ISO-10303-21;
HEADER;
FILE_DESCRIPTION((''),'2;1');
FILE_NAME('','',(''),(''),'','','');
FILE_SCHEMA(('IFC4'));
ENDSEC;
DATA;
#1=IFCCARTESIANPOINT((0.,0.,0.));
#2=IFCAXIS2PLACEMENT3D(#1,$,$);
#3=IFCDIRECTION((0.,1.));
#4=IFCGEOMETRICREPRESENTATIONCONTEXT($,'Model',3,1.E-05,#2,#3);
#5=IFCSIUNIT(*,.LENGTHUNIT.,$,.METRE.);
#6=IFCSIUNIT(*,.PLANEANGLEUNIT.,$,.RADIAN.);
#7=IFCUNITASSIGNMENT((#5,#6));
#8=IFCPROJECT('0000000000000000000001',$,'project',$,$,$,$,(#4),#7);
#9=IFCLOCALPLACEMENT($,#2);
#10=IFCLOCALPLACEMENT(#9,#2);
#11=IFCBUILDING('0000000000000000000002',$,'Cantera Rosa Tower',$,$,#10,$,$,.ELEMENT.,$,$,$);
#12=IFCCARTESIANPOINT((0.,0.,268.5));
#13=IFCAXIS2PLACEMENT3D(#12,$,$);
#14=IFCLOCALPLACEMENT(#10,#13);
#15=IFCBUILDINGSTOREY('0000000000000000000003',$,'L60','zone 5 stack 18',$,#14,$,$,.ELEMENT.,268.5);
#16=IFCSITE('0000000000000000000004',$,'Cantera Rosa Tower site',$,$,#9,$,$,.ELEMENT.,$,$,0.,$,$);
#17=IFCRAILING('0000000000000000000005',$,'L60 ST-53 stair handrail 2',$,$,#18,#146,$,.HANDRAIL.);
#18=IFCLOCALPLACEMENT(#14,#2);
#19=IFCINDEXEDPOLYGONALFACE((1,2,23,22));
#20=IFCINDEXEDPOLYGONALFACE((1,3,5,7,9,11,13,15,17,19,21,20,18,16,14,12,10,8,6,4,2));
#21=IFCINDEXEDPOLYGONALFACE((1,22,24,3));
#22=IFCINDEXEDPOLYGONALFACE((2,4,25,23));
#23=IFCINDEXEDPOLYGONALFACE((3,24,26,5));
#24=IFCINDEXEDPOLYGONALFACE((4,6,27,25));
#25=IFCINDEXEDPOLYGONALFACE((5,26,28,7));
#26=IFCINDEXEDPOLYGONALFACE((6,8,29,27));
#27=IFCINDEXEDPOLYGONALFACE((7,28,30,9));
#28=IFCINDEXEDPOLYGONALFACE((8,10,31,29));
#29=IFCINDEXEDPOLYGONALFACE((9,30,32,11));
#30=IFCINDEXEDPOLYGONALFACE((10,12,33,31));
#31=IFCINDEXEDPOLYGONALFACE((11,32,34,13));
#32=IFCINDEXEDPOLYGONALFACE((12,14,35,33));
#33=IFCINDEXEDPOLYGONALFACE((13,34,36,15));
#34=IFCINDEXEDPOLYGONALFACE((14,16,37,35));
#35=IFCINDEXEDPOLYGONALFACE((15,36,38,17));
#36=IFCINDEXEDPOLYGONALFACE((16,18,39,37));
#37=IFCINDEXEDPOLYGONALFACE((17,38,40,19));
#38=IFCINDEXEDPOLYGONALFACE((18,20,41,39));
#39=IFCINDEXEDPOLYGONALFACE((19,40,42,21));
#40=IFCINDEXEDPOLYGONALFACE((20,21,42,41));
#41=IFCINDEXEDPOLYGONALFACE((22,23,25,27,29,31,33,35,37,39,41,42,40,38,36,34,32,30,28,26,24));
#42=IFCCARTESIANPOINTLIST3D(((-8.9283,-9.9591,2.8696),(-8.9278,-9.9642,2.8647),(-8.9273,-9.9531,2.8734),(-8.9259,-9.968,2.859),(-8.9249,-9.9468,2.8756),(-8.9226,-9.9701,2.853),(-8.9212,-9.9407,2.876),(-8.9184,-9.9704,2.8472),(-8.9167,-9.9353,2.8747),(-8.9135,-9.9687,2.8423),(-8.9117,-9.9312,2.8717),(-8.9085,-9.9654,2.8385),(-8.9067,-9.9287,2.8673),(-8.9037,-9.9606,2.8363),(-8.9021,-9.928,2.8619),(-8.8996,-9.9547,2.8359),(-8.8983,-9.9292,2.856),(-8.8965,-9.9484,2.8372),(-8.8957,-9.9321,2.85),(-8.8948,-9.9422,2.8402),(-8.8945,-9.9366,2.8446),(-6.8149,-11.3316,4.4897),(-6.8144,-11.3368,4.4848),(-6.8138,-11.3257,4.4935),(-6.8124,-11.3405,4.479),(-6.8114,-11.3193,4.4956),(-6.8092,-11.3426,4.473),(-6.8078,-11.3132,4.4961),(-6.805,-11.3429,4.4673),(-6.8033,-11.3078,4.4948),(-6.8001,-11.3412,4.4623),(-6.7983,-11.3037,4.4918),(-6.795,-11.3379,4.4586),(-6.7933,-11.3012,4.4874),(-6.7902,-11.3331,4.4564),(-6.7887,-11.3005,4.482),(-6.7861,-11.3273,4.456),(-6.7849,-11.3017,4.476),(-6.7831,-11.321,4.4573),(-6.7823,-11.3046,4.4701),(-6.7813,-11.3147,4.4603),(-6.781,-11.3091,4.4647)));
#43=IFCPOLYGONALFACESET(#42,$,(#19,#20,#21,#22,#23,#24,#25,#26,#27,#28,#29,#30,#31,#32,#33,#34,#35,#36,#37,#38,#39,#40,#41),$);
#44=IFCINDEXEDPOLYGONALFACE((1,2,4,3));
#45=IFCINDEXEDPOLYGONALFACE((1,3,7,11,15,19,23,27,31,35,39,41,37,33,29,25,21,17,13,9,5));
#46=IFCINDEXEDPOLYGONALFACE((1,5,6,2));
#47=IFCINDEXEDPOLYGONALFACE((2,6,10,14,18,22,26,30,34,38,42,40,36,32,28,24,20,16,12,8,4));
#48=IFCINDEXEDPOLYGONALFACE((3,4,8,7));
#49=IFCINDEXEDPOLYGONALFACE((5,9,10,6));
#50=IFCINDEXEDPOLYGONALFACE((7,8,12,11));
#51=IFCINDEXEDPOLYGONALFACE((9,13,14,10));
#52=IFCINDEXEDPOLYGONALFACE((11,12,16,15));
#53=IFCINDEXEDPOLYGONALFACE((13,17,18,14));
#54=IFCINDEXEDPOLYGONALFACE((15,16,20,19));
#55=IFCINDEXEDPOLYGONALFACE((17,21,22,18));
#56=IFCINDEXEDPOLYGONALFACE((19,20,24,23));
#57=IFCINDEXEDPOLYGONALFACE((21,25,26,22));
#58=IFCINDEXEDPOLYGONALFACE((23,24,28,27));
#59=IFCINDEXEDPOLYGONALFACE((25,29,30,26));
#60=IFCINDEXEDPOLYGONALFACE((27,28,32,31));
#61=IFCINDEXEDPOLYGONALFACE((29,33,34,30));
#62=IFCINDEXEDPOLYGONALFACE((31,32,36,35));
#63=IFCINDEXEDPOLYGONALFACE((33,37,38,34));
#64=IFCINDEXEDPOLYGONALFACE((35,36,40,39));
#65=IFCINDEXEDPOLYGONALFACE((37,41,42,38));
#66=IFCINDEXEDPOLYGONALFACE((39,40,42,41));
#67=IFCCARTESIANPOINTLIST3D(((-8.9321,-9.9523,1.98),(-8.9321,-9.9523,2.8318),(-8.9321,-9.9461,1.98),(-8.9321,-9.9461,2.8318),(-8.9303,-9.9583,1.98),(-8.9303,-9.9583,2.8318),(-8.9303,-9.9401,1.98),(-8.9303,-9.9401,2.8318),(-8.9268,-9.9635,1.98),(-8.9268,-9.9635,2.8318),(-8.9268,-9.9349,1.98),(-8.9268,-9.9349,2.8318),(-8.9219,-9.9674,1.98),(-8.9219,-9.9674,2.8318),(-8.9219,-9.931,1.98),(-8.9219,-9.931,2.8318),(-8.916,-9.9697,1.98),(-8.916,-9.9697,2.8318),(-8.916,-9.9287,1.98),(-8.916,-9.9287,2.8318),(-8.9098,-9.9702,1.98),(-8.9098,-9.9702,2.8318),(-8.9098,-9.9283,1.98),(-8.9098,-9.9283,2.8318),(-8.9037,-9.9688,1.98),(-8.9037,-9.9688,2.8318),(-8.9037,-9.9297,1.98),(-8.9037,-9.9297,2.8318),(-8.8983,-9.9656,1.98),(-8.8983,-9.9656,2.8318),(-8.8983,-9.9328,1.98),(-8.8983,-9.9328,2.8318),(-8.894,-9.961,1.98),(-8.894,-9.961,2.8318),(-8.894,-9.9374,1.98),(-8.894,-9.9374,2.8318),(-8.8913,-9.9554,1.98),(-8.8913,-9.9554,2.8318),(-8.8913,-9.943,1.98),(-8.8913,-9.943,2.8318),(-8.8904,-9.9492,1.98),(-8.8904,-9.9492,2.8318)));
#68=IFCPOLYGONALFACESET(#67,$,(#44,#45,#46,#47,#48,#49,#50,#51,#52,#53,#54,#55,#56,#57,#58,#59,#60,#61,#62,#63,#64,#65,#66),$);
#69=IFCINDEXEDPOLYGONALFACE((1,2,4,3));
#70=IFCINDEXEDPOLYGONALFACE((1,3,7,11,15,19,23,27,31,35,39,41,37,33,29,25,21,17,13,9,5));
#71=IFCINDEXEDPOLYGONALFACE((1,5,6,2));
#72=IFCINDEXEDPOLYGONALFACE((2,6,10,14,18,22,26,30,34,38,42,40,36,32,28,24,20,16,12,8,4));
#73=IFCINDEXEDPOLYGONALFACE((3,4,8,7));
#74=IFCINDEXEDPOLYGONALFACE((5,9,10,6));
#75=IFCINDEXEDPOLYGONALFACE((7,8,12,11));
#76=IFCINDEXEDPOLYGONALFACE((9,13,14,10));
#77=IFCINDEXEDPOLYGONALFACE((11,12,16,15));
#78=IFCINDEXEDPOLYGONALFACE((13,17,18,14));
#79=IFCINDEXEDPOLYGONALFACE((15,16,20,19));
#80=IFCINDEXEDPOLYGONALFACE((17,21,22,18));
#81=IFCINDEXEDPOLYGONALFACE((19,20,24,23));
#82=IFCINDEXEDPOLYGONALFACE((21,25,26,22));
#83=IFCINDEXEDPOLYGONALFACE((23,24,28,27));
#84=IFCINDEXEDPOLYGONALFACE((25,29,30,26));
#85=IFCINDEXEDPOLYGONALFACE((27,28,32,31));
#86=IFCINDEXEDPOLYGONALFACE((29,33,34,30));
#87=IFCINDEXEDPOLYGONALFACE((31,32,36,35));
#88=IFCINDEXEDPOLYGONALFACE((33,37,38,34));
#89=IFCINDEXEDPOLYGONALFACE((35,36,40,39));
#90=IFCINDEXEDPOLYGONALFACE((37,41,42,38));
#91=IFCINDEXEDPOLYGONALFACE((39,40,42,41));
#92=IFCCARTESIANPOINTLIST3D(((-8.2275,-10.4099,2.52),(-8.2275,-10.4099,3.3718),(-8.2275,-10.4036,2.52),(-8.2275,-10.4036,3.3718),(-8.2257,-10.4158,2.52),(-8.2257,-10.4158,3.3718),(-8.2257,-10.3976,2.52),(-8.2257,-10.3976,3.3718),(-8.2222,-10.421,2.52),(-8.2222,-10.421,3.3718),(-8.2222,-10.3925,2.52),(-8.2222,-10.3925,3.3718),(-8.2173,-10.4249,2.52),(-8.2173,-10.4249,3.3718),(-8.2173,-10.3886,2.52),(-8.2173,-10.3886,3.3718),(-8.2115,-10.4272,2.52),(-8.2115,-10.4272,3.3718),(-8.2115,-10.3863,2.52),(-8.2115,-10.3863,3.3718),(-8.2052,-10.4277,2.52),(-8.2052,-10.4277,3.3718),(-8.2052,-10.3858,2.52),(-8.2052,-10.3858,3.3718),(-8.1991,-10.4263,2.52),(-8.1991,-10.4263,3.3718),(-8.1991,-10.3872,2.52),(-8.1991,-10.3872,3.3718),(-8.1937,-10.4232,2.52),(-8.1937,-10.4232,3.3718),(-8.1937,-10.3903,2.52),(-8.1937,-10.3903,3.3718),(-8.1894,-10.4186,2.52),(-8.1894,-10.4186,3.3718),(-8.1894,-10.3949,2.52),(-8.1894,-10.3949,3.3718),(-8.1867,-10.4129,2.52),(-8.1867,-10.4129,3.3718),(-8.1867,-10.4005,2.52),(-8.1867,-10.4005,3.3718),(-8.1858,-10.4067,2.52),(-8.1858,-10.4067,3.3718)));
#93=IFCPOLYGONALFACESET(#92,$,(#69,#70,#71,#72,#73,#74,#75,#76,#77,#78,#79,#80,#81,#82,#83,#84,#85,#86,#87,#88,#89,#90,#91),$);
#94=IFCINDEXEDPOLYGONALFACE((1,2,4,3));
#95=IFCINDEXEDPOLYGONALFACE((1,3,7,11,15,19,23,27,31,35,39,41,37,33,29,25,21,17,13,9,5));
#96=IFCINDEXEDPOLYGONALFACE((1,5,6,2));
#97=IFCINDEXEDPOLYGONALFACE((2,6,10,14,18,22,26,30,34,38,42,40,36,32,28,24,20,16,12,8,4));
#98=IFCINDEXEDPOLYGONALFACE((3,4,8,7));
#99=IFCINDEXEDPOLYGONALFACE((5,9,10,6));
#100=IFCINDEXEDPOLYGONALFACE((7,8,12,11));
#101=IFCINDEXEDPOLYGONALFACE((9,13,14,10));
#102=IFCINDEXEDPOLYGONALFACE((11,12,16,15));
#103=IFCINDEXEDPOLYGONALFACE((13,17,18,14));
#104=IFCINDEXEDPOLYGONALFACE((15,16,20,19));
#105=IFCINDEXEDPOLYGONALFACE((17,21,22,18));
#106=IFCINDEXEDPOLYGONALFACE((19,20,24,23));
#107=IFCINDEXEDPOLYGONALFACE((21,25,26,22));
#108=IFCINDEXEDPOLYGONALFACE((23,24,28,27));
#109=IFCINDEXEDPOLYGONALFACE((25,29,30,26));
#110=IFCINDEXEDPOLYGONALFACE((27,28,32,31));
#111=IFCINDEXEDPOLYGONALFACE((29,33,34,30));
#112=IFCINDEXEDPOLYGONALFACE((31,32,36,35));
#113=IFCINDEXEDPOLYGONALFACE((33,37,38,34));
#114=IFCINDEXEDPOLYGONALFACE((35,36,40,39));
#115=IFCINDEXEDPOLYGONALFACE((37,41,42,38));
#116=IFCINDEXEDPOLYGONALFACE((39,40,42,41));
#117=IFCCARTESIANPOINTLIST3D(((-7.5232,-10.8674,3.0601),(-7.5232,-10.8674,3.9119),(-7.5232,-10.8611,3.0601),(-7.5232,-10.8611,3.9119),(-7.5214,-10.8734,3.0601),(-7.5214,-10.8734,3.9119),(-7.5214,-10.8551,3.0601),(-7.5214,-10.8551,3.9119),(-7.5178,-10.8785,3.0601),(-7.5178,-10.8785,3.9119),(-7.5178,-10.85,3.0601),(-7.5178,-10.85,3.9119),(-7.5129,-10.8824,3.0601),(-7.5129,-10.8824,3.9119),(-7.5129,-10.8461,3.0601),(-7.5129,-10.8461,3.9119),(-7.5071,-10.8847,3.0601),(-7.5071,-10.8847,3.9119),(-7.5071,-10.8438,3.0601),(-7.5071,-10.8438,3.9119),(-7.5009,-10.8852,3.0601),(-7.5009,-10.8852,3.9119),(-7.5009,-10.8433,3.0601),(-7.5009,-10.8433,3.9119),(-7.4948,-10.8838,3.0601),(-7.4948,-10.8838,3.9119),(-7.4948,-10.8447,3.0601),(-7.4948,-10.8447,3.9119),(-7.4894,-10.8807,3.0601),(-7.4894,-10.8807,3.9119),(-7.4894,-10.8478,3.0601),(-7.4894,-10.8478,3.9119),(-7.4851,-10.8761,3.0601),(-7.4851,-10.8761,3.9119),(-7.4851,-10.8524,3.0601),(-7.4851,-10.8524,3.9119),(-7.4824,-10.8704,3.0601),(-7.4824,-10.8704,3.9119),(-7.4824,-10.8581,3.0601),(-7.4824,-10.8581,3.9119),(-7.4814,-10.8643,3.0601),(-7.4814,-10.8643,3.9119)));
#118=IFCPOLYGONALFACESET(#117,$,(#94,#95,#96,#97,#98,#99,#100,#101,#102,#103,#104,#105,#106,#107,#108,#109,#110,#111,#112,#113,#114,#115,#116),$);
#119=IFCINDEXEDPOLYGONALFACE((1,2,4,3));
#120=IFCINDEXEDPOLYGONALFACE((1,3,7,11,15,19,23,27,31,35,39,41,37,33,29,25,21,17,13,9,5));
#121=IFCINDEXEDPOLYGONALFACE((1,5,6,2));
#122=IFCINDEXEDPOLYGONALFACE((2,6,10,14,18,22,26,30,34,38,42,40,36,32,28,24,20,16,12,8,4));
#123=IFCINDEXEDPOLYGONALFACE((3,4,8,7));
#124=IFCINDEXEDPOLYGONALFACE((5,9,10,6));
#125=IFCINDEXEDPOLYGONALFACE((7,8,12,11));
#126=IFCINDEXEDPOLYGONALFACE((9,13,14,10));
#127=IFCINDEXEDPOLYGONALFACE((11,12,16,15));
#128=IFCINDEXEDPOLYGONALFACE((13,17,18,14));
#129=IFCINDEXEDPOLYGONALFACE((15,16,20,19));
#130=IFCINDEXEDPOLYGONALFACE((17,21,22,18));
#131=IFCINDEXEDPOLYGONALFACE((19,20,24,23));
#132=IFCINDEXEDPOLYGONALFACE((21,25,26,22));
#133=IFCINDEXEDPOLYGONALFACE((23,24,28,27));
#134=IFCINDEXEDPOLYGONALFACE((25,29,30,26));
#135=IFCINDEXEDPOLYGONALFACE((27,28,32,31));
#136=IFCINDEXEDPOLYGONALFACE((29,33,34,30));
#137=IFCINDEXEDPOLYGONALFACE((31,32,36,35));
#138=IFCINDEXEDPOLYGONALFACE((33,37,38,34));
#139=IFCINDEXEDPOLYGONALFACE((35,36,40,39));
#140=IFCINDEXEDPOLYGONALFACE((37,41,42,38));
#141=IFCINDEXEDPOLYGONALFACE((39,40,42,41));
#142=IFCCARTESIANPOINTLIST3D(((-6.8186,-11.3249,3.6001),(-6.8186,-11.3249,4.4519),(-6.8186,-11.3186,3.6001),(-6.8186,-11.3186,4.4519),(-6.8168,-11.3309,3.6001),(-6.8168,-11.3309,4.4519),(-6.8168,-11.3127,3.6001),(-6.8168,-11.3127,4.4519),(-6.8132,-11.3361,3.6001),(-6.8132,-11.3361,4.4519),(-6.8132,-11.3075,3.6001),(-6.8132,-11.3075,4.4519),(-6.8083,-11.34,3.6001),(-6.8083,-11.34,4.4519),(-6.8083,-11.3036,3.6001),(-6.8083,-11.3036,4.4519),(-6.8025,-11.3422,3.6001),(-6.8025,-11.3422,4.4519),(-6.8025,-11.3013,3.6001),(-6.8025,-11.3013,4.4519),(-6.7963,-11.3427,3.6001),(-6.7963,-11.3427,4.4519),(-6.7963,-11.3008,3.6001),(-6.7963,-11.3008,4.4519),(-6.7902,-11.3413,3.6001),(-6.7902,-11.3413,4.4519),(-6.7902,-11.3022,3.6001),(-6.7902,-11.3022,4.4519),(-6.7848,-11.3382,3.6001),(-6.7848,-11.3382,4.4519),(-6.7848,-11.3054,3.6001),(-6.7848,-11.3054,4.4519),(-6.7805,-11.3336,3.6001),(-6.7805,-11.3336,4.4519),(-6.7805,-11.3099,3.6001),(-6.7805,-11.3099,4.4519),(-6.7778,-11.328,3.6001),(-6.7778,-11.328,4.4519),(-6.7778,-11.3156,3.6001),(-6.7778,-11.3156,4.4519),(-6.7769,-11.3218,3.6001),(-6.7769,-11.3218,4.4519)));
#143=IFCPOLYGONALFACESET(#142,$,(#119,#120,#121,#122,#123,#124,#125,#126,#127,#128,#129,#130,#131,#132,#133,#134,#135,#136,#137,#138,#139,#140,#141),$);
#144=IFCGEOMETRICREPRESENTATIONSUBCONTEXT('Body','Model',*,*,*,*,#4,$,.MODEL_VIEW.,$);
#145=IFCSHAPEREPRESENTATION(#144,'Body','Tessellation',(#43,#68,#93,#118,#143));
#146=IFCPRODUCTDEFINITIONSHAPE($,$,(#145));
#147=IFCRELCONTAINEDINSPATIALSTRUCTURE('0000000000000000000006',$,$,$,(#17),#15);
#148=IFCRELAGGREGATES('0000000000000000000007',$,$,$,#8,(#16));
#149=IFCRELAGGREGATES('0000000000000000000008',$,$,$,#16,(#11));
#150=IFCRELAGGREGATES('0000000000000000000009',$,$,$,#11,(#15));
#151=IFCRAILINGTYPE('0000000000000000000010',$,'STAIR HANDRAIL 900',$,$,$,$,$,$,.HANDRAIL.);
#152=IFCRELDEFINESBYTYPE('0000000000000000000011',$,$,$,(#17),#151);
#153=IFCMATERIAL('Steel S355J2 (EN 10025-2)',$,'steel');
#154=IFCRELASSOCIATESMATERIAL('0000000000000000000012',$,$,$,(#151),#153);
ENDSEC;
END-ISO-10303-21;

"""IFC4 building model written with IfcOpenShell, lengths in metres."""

from ifc_helpers import new_model, si_unit, direction, frame, origin, origin_2d, place, context, subcontext, project, spatial, circle, extrude, material, type_object, element, save


model = new_model("IFC4")

# Units and contexts
model_context = context("Model", 3, precision=1e-05, world=origin(), true_north=direction((0.0, 1.0)))
body_context = subcontext(model_context, "Body", "Model", "MODEL_VIEW")
ifc_project = project(units=[si_unit("LENGTHUNIT", "METRE"), si_unit("PLANEANGLEUNIT", "RADIAN")], contexts=[model_context])

# Site, building, storey
site_placement = place(None, origin())
site = spatial("IfcSite", under=ifc_project, at=site_placement, Name="Cantera Rosa Tower site", CompositionType="ELEMENT", RefElevation=0.0)
building_placement = place(site_placement, origin())
building = spatial("IfcBuilding", under=site, at=building_placement, Name="Cantera Rosa Tower", CompositionType="ELEMENT")
storey_placement = place(building_placement, frame((0.0, 0.0, 268.5)))
storey = spatial("IfcBuildingStorey", under=building, at=storey_placement, Name="L60", Description="zone 5 stack 18", CompositionType="ELEMENT", Elevation=268.5)

# Railing
ifc_material_1 = material(Name="Steel S355J2 (EN 10025-2)", Category="steel")
railing_type_1 = type_object("IfcRailingType", Name="STAIR HANDRAIL 900", PredefinedType="HANDRAIL", material=ifc_material_1)
railing_1_placement = place(storey_placement, frame((-8.9114, -9.9492, 1.98)))
element("IfcRailing", 1, at=railing_1_placement, inside=storey, type_object=railing_type_1, Name="L60 ST-53 stair handrail 2", PredefinedType="HANDRAIL", context=body_context, shape_type="SweptSolid", body=[
    extrude(circle(Radius=0.0239, at=origin_2d()), frame((0.0, 0.0, 0.876), z_axis=(0.705462, -0.458139, 0.54077), x_axis=(0.544644, 0.838667, 0.0)), (0.0, 0.0, 1.0), 2.9958),
    extrude(circle(Radius=0.021, at=origin_2d()), origin(), (0.0, 0.0, 1.0), 0.8518),
    extrude(circle(Radius=0.021, at=origin_2d()), frame((0.7046, -0.4575, 0.54)), (0.0, 0.0, 1.0), 0.8518),
    extrude(circle(Radius=0.021, at=origin_2d()), frame((1.4089, -0.915, 1.0801)), (0.0, 0.0, 1.0), 0.8518),
    extrude(circle(Radius=0.021, at=origin_2d()), frame((2.1135, -1.3726, 1.6201)), (0.0, 0.0, 1.0), 0.8518),
])

save(model, "model.ifc")
